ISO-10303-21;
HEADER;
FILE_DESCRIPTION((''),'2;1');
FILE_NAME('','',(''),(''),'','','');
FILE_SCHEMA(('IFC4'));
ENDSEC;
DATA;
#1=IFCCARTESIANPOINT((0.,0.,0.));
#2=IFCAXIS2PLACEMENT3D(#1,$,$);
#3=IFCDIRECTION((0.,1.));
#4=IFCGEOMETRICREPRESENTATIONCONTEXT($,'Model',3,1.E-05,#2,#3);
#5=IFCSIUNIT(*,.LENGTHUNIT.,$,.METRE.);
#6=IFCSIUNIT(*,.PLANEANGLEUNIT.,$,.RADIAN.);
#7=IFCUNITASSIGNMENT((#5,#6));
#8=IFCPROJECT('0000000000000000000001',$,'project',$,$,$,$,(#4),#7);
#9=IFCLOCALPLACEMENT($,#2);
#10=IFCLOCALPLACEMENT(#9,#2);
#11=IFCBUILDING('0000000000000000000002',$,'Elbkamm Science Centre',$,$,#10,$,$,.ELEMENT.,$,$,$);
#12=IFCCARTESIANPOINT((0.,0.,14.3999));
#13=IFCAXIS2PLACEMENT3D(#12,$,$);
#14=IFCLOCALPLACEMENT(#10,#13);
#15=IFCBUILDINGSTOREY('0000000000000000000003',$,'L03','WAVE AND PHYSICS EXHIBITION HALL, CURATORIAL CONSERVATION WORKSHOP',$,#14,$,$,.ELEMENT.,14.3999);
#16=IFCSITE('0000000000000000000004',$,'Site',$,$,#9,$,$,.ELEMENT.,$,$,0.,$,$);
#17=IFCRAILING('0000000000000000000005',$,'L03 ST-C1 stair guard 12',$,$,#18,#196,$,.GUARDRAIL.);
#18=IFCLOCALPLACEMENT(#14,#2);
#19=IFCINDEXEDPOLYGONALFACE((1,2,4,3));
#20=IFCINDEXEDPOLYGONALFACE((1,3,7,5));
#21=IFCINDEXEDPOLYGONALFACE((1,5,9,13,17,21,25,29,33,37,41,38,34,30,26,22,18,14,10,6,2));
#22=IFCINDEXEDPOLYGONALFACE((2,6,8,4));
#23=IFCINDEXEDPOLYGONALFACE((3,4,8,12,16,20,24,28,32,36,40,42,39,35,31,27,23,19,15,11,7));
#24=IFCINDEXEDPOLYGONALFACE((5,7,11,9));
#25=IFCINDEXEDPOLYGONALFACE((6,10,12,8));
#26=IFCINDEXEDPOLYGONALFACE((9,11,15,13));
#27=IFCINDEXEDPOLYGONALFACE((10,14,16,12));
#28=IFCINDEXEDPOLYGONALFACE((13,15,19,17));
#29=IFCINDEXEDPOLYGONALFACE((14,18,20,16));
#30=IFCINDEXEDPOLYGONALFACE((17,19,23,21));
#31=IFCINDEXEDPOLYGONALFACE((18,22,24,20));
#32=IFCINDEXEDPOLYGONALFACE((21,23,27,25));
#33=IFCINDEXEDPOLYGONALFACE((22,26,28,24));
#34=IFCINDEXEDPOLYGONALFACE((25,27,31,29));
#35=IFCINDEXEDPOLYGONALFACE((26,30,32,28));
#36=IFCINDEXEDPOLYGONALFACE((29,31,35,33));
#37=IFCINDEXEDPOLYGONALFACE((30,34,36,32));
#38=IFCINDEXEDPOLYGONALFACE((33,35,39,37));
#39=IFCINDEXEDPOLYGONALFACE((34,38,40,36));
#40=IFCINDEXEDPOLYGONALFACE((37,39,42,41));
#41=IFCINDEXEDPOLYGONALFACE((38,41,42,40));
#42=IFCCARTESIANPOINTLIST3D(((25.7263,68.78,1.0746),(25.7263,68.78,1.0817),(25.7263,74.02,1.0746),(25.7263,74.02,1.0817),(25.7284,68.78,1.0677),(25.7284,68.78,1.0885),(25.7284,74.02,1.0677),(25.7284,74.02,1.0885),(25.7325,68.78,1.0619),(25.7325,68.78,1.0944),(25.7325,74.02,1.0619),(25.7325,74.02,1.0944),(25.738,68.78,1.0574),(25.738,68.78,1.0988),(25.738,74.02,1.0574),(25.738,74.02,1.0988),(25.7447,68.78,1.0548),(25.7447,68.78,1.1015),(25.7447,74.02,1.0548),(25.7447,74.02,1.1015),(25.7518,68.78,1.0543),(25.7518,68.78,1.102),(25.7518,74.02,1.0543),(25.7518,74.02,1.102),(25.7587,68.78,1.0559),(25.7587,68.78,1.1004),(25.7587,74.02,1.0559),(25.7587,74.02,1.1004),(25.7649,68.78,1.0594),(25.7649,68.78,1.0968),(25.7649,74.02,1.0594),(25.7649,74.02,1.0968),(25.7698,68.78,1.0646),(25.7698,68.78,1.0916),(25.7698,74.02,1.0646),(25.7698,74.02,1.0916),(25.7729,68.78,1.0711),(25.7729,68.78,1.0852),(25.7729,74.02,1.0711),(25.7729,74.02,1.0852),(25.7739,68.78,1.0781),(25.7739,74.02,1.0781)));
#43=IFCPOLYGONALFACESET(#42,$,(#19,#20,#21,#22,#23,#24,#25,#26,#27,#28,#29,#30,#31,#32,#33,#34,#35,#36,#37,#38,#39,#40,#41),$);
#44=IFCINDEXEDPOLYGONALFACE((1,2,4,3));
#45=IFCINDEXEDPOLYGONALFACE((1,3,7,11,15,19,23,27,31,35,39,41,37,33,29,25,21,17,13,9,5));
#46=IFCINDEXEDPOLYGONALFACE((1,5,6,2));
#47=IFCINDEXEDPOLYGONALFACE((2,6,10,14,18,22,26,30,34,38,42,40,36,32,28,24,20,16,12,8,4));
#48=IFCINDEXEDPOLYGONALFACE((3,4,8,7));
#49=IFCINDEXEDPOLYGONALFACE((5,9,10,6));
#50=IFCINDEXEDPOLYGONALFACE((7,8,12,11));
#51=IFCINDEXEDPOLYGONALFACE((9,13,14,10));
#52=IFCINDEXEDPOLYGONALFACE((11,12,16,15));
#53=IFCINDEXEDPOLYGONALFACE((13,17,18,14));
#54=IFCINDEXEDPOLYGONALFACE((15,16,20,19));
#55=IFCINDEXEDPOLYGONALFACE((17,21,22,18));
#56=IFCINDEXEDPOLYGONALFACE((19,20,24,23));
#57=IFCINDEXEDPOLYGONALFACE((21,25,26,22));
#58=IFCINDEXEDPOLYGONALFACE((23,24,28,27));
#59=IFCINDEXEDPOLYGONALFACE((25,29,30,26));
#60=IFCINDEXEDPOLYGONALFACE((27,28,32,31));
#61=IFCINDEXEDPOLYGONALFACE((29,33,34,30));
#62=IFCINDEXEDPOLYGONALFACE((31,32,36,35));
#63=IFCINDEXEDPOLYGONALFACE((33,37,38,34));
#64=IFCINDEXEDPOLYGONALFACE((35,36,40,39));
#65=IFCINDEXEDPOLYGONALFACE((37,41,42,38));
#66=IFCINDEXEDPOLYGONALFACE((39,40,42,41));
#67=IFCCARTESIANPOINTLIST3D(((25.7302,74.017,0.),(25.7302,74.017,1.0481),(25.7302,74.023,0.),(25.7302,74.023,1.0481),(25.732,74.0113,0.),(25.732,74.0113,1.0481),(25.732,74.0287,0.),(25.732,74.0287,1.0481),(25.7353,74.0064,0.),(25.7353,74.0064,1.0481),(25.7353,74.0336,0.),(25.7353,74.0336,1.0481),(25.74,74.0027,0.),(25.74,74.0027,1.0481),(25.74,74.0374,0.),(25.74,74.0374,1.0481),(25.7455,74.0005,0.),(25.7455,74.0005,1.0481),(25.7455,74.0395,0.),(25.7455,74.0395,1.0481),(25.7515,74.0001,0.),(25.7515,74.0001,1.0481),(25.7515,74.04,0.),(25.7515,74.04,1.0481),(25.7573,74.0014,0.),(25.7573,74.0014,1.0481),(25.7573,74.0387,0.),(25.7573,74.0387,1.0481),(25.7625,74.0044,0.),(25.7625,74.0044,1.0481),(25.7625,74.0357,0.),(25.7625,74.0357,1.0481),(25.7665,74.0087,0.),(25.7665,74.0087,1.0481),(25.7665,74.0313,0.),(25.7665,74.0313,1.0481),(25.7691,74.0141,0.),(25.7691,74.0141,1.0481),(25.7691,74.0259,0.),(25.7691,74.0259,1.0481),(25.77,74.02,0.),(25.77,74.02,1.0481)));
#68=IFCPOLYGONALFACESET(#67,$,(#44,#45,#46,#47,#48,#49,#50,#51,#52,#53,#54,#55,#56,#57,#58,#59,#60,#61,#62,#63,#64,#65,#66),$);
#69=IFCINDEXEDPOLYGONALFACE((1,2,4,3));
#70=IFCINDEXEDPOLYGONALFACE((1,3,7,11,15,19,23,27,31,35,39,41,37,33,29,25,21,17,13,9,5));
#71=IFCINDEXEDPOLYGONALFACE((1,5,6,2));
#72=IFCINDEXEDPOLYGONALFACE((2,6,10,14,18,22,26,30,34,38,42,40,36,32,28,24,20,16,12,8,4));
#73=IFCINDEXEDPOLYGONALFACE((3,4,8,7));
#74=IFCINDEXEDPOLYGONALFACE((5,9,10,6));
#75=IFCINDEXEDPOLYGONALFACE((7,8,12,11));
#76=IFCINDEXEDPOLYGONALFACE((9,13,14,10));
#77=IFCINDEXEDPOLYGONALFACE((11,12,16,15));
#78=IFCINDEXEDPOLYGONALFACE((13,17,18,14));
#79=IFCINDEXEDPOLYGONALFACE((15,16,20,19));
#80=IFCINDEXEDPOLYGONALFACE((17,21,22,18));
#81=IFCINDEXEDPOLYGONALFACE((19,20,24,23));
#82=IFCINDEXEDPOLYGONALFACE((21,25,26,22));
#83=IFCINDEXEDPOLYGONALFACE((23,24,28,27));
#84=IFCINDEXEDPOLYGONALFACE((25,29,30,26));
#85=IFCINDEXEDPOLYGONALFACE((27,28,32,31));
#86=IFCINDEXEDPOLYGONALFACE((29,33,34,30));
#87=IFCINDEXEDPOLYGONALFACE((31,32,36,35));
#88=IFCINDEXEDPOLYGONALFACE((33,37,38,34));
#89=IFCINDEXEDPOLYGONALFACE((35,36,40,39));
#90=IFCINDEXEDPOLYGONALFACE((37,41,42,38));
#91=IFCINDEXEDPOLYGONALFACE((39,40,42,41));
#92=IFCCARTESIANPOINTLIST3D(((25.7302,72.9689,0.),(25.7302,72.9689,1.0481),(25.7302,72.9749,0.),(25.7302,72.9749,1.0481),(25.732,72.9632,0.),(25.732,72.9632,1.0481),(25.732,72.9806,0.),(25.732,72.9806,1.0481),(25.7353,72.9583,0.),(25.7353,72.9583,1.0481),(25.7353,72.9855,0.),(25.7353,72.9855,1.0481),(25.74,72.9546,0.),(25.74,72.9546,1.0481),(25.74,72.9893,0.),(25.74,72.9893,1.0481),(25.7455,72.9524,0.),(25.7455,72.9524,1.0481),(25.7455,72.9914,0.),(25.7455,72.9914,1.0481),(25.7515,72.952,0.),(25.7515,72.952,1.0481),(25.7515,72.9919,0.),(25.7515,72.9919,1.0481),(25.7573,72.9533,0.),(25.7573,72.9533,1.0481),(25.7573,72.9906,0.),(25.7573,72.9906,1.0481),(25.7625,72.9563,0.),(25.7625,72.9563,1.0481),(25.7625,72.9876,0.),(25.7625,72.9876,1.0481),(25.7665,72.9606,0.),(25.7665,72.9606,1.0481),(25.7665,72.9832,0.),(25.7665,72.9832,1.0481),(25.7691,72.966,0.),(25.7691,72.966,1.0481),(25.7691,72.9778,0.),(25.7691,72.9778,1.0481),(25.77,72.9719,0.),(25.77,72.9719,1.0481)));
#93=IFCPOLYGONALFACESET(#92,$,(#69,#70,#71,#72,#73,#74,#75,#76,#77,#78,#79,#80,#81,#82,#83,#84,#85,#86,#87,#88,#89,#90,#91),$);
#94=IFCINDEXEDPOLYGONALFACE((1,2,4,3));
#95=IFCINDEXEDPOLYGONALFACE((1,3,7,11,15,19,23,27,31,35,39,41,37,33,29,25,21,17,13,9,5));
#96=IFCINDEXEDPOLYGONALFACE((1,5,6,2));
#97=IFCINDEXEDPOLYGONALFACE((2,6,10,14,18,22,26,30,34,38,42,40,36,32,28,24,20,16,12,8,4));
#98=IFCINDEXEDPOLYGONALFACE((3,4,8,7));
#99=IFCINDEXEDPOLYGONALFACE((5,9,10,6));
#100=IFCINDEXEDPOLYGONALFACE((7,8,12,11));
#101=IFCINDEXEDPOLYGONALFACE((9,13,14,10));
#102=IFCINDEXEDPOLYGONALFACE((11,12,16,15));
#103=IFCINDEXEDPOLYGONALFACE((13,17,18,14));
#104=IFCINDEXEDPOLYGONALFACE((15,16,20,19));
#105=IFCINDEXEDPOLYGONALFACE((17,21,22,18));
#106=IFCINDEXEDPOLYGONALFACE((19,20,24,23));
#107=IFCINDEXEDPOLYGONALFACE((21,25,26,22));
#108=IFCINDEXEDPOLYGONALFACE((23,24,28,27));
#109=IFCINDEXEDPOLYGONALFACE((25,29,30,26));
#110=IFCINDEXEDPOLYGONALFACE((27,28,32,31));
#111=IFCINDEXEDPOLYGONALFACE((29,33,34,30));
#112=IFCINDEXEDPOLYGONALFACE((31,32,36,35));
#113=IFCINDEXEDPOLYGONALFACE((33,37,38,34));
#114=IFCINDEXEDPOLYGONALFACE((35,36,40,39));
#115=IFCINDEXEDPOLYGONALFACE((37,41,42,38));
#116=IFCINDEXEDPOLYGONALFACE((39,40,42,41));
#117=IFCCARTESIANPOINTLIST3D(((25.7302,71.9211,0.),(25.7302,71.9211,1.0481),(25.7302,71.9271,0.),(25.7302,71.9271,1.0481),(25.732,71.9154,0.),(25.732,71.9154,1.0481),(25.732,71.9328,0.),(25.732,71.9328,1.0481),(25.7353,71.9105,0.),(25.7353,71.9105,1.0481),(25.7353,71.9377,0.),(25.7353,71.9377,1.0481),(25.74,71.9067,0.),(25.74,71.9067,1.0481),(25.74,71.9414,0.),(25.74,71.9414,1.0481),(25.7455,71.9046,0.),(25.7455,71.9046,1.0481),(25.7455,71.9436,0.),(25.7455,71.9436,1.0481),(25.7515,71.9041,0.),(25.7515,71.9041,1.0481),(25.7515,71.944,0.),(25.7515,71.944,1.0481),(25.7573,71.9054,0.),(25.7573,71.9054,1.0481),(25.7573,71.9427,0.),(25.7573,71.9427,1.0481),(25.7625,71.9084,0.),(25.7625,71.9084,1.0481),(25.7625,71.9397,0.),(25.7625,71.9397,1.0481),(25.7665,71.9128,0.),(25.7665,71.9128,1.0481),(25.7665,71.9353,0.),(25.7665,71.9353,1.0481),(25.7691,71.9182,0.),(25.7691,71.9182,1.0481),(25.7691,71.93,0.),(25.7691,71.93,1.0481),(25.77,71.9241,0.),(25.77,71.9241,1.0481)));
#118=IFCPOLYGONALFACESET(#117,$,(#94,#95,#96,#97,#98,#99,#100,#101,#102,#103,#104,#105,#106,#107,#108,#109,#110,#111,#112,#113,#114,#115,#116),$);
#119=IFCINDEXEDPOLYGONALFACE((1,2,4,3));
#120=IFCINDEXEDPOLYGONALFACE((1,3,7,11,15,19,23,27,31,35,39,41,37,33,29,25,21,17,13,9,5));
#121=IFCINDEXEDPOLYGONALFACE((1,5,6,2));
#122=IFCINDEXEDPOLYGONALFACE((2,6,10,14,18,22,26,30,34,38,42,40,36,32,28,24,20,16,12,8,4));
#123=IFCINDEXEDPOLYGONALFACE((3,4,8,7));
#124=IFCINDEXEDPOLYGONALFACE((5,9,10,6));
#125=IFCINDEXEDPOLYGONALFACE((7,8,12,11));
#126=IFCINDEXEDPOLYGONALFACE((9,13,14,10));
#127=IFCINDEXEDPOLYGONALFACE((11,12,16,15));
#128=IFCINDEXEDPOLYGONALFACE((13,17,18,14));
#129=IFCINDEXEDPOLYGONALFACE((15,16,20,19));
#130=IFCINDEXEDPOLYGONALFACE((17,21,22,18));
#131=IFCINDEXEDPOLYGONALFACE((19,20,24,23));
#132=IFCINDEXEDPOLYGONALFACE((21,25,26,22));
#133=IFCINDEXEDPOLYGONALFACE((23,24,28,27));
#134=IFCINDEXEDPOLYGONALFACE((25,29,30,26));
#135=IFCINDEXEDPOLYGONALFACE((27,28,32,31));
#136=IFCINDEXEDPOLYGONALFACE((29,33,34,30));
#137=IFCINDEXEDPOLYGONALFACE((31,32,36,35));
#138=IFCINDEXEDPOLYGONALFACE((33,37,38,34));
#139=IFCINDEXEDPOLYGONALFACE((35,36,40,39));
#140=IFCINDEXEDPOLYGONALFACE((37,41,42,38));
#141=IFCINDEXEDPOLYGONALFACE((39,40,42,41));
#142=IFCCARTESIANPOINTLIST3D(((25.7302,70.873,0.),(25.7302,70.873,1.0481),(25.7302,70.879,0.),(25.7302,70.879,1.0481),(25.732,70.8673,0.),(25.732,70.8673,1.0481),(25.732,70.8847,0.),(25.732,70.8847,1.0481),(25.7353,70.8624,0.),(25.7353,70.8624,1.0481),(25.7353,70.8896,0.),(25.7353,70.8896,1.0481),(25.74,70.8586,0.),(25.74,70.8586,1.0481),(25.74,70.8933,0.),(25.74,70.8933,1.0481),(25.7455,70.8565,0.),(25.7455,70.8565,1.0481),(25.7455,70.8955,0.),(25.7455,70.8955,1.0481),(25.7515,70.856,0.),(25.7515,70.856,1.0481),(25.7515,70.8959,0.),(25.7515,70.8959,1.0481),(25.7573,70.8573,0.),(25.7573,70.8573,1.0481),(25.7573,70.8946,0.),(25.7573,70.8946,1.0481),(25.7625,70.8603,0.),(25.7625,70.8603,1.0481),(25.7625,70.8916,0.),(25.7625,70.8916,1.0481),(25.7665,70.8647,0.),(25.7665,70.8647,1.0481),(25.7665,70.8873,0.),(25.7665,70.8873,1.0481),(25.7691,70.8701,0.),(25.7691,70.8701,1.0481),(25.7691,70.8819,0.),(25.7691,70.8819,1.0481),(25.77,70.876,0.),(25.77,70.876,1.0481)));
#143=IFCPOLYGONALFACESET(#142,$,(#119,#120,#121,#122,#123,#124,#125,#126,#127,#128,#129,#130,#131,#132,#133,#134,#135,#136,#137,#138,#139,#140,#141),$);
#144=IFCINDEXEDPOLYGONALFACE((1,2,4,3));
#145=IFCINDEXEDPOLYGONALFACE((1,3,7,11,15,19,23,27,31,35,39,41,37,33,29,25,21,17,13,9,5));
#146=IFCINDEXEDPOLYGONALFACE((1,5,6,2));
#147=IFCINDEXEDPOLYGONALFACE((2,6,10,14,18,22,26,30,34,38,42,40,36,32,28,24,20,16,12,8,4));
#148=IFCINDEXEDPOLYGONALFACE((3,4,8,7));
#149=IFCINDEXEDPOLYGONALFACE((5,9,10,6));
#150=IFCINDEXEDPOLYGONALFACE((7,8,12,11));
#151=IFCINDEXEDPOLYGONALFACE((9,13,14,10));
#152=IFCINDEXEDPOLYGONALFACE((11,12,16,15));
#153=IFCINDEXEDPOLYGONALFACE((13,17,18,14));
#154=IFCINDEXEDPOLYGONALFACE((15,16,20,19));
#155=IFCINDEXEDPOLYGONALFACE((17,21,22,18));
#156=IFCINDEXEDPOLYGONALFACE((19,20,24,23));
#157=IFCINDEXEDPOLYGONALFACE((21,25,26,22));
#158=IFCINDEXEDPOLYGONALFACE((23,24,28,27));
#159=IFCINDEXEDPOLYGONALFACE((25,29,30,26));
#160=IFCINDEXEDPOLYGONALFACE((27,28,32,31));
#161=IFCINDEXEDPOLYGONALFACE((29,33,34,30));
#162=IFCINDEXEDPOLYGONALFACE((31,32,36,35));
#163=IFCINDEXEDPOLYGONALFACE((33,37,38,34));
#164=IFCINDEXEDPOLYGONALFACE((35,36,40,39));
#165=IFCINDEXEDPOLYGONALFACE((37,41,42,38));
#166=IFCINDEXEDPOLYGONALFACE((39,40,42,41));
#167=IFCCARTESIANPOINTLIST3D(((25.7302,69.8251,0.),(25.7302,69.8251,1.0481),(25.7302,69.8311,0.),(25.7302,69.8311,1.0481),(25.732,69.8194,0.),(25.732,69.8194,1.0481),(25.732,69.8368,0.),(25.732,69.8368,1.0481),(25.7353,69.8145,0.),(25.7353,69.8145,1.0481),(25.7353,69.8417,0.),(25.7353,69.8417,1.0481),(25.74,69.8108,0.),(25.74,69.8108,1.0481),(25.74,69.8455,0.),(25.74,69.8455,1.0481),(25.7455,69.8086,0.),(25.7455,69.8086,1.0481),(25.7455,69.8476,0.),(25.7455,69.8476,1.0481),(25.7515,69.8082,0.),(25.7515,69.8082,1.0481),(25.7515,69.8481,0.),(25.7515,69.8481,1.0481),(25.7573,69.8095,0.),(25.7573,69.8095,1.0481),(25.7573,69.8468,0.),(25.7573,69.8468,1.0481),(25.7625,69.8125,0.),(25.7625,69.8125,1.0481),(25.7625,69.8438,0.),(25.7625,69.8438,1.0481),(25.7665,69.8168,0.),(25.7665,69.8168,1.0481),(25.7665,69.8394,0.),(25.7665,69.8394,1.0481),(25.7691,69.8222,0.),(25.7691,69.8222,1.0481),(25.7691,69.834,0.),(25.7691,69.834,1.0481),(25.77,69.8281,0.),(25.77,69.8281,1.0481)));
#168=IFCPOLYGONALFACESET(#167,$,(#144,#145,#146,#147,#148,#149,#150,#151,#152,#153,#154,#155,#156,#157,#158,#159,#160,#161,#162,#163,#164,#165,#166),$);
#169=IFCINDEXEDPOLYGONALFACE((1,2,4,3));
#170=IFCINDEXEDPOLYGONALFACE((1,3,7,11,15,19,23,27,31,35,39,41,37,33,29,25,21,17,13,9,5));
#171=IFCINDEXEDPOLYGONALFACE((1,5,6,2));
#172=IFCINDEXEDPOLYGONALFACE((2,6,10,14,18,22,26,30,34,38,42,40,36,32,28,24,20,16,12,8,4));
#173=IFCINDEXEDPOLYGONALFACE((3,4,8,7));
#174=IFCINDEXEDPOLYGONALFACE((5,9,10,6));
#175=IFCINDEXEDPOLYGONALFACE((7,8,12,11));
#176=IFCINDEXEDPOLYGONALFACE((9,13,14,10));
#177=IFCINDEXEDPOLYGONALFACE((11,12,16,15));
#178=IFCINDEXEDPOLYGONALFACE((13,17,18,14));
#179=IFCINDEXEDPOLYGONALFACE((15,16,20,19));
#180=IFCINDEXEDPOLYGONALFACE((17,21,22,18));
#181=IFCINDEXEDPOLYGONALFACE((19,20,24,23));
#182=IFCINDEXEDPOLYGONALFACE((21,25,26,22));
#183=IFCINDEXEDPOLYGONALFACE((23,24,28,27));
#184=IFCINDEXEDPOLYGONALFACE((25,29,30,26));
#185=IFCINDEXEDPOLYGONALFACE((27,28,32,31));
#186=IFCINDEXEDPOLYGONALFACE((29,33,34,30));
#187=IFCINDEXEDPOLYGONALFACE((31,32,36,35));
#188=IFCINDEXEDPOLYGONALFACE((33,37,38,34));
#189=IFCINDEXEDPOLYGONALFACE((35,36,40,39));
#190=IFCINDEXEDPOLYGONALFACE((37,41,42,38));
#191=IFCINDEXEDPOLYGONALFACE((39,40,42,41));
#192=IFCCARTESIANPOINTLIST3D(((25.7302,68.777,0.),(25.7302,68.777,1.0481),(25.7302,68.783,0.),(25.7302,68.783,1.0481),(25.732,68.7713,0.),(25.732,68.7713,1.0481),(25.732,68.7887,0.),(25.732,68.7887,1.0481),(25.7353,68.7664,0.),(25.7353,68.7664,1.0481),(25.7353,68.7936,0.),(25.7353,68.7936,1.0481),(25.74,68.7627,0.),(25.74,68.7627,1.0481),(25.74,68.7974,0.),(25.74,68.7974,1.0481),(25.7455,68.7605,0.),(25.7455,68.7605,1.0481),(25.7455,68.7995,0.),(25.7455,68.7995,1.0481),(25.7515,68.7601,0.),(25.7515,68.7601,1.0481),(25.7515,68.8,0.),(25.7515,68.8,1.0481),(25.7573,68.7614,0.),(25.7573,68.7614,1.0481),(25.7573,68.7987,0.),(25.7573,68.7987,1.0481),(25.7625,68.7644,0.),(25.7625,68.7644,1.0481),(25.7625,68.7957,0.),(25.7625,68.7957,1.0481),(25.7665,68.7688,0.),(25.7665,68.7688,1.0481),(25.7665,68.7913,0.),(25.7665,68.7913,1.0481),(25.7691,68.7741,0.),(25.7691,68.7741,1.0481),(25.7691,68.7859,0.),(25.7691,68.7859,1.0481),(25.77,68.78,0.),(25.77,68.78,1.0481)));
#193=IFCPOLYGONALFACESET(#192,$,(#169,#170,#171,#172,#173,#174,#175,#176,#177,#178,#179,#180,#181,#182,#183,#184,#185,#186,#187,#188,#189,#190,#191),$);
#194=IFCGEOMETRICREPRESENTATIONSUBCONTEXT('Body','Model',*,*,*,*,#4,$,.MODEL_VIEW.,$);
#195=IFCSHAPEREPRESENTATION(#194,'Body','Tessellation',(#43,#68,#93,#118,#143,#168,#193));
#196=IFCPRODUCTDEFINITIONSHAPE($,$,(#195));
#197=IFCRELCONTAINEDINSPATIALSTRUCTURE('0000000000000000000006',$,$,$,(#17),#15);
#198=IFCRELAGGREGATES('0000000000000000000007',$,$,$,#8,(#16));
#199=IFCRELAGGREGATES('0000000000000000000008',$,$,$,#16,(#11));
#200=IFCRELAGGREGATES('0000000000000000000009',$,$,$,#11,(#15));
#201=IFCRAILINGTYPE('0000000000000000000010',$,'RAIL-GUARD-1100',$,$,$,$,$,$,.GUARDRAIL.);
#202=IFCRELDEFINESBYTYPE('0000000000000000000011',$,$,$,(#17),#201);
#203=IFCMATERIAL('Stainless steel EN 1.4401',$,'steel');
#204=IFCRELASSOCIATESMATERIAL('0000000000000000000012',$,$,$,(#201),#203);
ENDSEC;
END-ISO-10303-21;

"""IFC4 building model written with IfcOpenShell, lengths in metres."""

from ifc_helpers import new_model, si_unit, direction, frame, origin, origin_2d, place, context, subcontext, project, spatial, circle, extrude, material, type_object, element, save


model = new_model("IFC4")

# Units and contexts
model_context = context("Model", 3, precision=1e-05, world=origin(), true_north=direction((0.0, 1.0)))
body_context = subcontext(model_context, "Body", "Model", "MODEL_VIEW")
ifc_project = project(units=[si_unit("LENGTHUNIT", "METRE"), si_unit("PLANEANGLEUNIT", "RADIAN")], contexts=[model_context])

# Site, building, storey
site_placement = place(None, origin())
site = spatial("IfcSite", under=ifc_project, at=site_placement, Name="Site", CompositionType="ELEMENT", RefElevation=0.0)
building_placement = place(site_placement, origin())
building = spatial("IfcBuilding", under=site, at=building_placement, Name="Elbkamm Science Centre", CompositionType="ELEMENT")
storey_placement = place(building_placement, frame((0.0, 0.0, 14.3999)))
storey = spatial("IfcBuildingStorey", under=building, at=storey_placement, Name="L03", Description="WAVE AND PHYSICS EXHIBITION HALL, CURATORIAL CONSERVATION WORKSHOP", CompositionType="ELEMENT", Elevation=14.3999)

# Railing
ifc_material_1 = material(Name="Stainless steel EN 1.4401", Category="steel")
railing_type_1 = type_object("IfcRailingType", Name="RAIL-GUARD-1100", PredefinedType="GUARDRAIL", material=ifc_material_1)
railing_1_placement = place(storey_placement, frame((25.75, 74.02, 0.0)))
element("IfcRailing", 1, at=railing_1_placement, inside=storey, type_object=railing_type_1, Name="L03 ST-C1 stair guard 12", PredefinedType="GUARDRAIL", context=body_context, shape_type="SweptSolid", body=[
    extrude(circle(Radius=0.0239, at=origin_2d()), frame((0.0, 0.0, 1.0781), z_axis=(0.0, -1.0, 0.0), x_axis=(1.0, 0.0, 0.0)), (0.0, 0.0, 1.0), 5.24),
    extrude(circle(Radius=0.02, at=origin_2d()), origin(), (0.0, 0.0, 1.0), 1.0481),
    extrude(circle(Radius=0.02, at=origin_2d()), frame((0.0, -1.0481, 0.0)), (0.0, 0.0, 1.0), 1.0481),
    extrude(circle(Radius=0.02, at=origin_2d()), frame((0.0, -2.0959, 0.0)), (0.0, 0.0, 1.0), 1.0481),
    extrude(circle(Radius=0.02, at=origin_2d()), frame((0.0, -3.144, 0.0)), (0.0, 0.0, 1.0), 1.0481),
    extrude(circle(Radius=0.02, at=origin_2d()), frame((0.0, -4.1919, 0.0)), (0.0, 0.0, 1.0), 1.0481),
    extrude(circle(Radius=0.02, at=origin_2d()), frame((0.0, -5.24, 0.0)), (0.0, 0.0, 1.0), 1.0481),
])

save(model, "model.ifc")
